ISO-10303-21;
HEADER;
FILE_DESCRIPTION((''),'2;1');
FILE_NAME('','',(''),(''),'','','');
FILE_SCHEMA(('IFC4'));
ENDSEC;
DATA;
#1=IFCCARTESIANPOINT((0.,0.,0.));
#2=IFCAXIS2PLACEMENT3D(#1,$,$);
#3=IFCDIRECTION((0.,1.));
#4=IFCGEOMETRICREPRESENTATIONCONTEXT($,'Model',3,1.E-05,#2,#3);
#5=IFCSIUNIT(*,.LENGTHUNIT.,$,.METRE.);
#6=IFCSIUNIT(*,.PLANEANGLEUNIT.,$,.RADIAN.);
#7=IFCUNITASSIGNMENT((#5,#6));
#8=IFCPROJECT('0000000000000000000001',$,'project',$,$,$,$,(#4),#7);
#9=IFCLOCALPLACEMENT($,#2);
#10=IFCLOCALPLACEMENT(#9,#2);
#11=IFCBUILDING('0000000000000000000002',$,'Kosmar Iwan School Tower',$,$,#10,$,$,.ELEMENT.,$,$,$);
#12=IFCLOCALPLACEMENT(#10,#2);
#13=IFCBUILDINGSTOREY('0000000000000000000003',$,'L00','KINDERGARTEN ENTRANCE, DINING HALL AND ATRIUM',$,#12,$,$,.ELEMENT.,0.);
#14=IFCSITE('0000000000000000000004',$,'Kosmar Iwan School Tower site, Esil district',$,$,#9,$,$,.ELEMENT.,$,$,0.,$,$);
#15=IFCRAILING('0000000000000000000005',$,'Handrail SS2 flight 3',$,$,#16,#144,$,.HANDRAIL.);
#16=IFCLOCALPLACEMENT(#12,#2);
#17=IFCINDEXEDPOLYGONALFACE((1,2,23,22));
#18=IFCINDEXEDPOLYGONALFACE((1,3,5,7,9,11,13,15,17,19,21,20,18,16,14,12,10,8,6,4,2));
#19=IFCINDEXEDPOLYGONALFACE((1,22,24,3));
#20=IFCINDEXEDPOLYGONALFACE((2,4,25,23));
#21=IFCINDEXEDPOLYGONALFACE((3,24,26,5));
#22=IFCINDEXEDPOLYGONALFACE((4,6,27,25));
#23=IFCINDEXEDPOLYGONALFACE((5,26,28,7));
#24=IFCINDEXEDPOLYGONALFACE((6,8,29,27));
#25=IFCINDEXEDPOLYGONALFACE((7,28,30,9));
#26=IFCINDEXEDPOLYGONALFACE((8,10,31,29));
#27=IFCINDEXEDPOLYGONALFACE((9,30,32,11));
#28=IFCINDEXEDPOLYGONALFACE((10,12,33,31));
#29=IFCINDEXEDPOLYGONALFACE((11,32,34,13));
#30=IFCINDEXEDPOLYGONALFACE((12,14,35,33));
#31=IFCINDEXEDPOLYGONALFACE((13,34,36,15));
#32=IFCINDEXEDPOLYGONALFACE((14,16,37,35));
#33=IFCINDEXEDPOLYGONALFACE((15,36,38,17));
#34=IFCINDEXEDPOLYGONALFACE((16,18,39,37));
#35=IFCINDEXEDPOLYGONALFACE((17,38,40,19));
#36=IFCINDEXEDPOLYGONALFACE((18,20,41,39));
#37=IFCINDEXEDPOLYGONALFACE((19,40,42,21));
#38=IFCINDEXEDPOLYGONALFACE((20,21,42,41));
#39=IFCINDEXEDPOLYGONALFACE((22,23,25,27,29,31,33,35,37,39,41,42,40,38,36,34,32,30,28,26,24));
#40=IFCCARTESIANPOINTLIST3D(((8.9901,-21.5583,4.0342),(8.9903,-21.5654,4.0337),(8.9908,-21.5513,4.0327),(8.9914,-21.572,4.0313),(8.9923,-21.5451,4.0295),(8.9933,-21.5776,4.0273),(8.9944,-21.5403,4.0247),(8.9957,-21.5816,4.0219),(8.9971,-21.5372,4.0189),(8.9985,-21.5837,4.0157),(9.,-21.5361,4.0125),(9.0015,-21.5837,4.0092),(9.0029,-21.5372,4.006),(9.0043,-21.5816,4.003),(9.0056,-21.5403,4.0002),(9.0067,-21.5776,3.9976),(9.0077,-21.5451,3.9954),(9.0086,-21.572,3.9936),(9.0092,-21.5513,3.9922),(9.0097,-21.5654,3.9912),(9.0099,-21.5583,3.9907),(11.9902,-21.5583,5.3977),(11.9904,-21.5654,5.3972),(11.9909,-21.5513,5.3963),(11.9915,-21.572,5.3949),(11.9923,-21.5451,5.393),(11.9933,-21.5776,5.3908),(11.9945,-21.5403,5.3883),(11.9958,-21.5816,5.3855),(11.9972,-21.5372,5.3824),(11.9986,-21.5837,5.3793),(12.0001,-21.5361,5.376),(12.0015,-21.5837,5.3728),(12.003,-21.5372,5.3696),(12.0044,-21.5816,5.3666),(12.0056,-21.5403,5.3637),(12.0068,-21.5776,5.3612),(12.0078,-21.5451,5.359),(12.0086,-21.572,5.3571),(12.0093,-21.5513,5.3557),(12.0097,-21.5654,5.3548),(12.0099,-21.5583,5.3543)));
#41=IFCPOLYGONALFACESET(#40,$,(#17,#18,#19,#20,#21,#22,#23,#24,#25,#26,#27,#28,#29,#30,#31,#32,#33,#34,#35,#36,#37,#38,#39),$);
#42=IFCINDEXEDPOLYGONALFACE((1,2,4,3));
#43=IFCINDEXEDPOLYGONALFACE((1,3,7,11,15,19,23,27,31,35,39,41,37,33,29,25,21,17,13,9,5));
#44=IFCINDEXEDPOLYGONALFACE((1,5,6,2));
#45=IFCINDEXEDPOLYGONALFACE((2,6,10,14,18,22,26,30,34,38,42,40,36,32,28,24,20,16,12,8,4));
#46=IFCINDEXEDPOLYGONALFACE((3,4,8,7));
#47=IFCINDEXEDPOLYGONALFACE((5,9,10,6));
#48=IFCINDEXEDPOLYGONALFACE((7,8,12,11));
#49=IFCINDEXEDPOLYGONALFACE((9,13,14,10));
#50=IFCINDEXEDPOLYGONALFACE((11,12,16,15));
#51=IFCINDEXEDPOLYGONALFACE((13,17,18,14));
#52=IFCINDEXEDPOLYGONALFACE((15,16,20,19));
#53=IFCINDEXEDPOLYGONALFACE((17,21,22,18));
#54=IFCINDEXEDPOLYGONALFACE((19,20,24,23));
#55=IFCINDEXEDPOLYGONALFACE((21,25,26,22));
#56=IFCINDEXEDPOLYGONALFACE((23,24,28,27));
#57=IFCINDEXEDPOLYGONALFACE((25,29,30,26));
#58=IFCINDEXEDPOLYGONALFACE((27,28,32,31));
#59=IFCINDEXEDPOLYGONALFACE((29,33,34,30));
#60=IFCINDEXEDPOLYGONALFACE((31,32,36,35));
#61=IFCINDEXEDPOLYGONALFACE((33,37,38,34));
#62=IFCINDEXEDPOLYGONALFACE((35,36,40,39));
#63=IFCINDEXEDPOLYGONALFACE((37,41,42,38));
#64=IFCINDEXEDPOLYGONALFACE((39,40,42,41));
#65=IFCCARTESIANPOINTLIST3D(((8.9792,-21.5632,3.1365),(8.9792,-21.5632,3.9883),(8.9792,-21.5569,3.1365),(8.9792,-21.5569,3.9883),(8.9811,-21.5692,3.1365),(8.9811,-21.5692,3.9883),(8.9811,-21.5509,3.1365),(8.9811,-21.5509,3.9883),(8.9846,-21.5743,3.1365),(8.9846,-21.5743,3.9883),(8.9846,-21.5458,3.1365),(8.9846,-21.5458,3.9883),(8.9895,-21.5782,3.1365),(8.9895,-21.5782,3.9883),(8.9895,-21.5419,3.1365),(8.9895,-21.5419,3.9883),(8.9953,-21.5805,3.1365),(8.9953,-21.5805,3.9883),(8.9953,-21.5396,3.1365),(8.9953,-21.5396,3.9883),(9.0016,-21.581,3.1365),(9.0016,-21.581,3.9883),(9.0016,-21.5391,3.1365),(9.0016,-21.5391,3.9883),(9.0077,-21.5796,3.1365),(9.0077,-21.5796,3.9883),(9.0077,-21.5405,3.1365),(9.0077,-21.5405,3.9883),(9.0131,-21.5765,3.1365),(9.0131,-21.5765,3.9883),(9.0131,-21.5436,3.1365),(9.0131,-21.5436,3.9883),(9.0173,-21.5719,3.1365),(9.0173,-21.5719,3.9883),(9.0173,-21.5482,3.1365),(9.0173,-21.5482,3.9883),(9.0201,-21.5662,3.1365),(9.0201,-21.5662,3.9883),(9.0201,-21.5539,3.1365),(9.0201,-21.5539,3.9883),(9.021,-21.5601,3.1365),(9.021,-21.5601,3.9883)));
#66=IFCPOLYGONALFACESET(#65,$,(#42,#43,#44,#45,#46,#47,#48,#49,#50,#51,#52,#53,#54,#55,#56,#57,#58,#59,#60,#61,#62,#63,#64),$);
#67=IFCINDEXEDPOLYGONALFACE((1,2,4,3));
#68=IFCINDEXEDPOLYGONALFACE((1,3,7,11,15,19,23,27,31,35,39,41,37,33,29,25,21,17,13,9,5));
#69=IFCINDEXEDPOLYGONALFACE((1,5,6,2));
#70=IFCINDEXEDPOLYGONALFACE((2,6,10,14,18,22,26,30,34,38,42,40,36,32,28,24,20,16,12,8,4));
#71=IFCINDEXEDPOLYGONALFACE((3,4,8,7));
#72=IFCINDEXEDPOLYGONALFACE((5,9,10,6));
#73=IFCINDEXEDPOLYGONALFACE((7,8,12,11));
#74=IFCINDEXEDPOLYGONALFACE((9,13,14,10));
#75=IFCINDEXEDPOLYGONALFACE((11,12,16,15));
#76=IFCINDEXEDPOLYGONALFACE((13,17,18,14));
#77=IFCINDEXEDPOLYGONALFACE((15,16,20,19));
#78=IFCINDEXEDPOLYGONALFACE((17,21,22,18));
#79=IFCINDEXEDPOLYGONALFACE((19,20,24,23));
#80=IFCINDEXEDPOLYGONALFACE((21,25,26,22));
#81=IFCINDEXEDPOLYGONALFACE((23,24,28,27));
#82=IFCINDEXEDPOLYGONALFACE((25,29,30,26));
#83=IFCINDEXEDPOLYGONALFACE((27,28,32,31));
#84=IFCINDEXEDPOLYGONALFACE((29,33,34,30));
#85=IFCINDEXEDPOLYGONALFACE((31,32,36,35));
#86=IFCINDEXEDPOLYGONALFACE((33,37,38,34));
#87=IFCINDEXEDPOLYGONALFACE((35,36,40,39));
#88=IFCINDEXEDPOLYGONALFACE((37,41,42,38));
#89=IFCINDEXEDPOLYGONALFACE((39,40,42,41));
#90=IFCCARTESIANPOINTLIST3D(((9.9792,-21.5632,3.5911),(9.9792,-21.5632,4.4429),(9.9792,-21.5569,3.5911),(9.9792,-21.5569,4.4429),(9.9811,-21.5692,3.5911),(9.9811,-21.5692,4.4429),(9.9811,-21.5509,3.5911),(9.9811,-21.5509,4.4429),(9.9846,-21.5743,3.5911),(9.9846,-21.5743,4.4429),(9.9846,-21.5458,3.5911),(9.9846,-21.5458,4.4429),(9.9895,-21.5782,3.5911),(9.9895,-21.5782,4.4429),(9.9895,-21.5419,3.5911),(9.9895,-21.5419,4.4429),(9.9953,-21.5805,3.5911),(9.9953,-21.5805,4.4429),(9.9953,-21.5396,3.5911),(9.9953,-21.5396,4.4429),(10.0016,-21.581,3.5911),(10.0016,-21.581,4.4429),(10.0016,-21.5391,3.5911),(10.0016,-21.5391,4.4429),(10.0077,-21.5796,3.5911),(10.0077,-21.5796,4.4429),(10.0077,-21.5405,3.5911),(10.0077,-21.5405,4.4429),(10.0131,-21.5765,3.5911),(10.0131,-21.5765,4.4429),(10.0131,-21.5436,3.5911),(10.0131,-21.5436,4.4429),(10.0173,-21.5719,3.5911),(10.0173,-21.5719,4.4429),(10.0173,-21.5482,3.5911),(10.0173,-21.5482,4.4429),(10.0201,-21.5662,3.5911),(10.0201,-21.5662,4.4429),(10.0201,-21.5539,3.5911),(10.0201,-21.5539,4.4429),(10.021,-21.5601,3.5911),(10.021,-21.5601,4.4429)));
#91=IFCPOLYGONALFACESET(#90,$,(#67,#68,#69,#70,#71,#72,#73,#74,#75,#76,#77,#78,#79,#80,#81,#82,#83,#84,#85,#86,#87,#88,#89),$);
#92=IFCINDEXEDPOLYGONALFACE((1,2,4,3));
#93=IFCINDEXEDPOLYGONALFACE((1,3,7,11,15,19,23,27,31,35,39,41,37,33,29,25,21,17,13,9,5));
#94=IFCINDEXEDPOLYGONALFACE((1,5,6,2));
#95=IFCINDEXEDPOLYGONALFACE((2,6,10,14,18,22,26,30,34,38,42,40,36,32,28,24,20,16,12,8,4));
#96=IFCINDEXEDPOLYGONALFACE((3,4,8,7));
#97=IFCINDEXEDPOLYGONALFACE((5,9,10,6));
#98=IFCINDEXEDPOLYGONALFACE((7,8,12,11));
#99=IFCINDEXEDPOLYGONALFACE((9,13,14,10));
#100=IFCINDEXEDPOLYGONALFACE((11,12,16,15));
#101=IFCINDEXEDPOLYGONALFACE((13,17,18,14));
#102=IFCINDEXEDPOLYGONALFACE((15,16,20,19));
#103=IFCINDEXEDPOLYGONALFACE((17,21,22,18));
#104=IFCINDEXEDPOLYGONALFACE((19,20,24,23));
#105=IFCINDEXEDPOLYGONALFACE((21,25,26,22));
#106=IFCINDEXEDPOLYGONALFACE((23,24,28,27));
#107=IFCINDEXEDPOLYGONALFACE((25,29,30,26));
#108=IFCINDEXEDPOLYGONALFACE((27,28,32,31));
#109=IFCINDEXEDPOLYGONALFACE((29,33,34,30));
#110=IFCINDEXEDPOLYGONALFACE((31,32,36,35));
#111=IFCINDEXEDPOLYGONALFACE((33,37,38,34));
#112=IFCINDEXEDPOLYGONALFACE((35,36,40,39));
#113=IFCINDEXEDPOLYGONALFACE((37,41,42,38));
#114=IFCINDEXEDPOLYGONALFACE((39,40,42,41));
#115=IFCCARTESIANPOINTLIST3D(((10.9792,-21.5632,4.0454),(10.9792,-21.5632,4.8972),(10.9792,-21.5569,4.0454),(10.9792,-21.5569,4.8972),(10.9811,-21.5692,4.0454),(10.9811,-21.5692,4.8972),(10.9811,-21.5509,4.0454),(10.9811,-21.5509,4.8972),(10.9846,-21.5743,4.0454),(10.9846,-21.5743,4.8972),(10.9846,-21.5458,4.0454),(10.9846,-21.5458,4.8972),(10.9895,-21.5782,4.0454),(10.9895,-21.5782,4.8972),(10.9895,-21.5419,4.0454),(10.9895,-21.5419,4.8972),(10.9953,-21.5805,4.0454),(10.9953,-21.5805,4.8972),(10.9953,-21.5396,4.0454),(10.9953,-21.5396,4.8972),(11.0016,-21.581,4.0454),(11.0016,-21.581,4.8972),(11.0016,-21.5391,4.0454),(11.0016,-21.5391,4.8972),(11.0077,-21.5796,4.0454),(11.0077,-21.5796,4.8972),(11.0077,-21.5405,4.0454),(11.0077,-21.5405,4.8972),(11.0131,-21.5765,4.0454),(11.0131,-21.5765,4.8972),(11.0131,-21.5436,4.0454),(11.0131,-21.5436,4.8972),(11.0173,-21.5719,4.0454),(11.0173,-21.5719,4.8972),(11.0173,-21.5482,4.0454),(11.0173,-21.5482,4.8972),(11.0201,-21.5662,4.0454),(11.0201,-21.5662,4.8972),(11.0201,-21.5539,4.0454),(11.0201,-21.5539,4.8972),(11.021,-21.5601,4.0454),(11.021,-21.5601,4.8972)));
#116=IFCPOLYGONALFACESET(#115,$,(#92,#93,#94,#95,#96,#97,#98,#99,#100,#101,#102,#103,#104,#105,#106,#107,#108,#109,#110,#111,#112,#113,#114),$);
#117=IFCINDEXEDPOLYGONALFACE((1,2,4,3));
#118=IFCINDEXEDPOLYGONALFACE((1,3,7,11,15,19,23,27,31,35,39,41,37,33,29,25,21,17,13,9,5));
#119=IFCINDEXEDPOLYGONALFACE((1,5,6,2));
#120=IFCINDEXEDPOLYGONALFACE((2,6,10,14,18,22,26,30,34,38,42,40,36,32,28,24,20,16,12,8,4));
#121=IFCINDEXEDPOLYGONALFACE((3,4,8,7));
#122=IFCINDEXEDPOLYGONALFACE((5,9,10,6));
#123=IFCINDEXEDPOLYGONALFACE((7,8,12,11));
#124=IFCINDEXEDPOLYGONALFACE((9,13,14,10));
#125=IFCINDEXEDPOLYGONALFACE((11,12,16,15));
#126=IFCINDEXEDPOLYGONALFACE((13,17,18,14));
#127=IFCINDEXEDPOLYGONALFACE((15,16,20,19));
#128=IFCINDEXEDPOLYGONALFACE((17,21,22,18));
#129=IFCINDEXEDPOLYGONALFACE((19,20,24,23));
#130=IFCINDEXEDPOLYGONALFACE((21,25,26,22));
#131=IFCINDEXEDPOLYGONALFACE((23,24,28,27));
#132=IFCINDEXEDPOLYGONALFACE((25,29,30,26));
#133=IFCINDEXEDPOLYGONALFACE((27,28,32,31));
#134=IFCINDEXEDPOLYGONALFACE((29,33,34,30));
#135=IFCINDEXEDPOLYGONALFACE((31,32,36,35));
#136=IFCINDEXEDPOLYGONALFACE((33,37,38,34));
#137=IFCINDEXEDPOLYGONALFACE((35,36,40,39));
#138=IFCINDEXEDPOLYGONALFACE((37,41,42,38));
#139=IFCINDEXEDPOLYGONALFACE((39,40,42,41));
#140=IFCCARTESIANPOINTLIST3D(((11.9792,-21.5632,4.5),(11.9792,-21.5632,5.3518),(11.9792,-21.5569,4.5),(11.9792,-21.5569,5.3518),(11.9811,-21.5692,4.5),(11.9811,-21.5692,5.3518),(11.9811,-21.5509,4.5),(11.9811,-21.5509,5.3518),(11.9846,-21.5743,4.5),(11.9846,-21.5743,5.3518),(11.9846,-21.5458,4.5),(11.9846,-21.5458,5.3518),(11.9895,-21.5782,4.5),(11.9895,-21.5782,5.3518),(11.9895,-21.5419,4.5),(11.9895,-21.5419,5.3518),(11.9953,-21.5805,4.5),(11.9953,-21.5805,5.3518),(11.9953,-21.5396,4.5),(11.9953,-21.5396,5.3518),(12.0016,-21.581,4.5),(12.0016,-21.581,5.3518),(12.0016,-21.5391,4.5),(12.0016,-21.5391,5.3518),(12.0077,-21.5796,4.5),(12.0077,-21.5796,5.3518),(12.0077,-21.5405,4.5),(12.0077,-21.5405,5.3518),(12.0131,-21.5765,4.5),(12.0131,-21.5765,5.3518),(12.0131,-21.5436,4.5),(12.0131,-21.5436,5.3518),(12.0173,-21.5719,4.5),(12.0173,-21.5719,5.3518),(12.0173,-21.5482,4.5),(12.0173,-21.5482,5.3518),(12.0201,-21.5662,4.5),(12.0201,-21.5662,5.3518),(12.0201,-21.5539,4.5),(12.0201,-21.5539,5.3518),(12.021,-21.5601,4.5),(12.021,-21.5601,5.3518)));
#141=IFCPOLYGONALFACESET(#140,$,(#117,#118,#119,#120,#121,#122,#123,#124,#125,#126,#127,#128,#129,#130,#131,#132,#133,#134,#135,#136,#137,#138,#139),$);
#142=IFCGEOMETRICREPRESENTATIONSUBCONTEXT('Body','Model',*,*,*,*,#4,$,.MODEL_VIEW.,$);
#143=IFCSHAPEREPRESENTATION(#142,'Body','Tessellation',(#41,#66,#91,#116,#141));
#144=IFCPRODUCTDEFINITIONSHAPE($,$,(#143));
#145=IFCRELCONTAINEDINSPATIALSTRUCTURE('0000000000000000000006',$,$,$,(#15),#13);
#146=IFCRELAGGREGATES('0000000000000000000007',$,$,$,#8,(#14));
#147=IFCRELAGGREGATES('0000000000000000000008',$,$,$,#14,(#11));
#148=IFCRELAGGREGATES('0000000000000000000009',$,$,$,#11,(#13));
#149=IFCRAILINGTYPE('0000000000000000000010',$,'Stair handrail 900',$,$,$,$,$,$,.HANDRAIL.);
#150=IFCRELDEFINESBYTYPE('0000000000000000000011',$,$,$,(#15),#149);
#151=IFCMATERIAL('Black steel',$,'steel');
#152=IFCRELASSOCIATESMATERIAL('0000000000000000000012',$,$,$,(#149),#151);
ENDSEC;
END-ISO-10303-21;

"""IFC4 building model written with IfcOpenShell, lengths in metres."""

from ifc_helpers import new_model, si_unit, direction, frame, origin, origin_2d, place, context, subcontext, project, spatial, circle, extrude, material, type_object, element, save


model = new_model("IFC4")

# Units and contexts
model_context = context("Model", 3, precision=1e-05, world=origin(), true_north=direction((0.0, 1.0)))
body_context = subcontext(model_context, "Body", "Model", "MODEL_VIEW")
ifc_project = project(units=[si_unit("LENGTHUNIT", "METRE"), si_unit("PLANEANGLEUNIT", "RADIAN")], contexts=[model_context])

# Site, building, storey
site_placement = place(None, origin())
site = spatial("IfcSite", under=ifc_project, at=site_placement, Name="Kosmar Iwan School Tower site, Esil district", CompositionType="ELEMENT", RefElevation=0.0)
building_placement = place(site_placement, origin())
building = spatial("IfcBuilding", under=site, at=building_placement, Name="Kosmar Iwan School Tower", CompositionType="ELEMENT")
storey_placement = place(building_placement, origin())
storey = spatial("IfcBuildingStorey", under=building, at=storey_placement, Name="L00", Description="KINDERGARTEN ENTRANCE, DINING HALL AND ATRIUM", CompositionType="ELEMENT", Elevation=0.0)

# Railing
ifc_material_1 = material(Name="Black steel", Category="steel")
railing_type = type_object("IfcRailingType", Name="Stair handrail 900", PredefinedType="HANDRAIL", material=ifc_material_1)
railing_1_placement = place(storey_placement, frame((9.0, -21.5601, 3.1365)))
element("IfcRailing", 1, at=railing_1_placement, inside=storey, type_object=railing_type, Name="Handrail SS2 flight 3", PredefinedType="HANDRAIL", context=body_context, shape_type="SweptSolid", body=[
    extrude(circle(Radius=0.0239, at=origin_2d()), frame((0.0, 0.0, 0.876), z_axis=(0.910379, 0.0, 0.413775), x_axis=(0.0, 1.0, 0.0)), (0.0, 0.0, 1.0), 3.2954),
    extrude(circle(Radius=0.021, at=origin_2d()), origin(), (0.0, 0.0, 1.0), 0.8518),
    extrude(circle(Radius=0.021, at=origin_2d()), frame((1.0, 0.0, 0.4546)), (0.0, 0.0, 1.0), 0.8518),
    extrude(circle(Radius=0.021, at=origin_2d()), frame((2.0, 0.0, 0.9089)), (0.0, 0.0, 1.0), 0.8518),
    extrude(circle(Radius=0.021, at=origin_2d()), frame((3.0, 0.0, 1.3635)), (0.0, 0.0, 1.0), 0.8518),
])

save(model, "model.ifc")
